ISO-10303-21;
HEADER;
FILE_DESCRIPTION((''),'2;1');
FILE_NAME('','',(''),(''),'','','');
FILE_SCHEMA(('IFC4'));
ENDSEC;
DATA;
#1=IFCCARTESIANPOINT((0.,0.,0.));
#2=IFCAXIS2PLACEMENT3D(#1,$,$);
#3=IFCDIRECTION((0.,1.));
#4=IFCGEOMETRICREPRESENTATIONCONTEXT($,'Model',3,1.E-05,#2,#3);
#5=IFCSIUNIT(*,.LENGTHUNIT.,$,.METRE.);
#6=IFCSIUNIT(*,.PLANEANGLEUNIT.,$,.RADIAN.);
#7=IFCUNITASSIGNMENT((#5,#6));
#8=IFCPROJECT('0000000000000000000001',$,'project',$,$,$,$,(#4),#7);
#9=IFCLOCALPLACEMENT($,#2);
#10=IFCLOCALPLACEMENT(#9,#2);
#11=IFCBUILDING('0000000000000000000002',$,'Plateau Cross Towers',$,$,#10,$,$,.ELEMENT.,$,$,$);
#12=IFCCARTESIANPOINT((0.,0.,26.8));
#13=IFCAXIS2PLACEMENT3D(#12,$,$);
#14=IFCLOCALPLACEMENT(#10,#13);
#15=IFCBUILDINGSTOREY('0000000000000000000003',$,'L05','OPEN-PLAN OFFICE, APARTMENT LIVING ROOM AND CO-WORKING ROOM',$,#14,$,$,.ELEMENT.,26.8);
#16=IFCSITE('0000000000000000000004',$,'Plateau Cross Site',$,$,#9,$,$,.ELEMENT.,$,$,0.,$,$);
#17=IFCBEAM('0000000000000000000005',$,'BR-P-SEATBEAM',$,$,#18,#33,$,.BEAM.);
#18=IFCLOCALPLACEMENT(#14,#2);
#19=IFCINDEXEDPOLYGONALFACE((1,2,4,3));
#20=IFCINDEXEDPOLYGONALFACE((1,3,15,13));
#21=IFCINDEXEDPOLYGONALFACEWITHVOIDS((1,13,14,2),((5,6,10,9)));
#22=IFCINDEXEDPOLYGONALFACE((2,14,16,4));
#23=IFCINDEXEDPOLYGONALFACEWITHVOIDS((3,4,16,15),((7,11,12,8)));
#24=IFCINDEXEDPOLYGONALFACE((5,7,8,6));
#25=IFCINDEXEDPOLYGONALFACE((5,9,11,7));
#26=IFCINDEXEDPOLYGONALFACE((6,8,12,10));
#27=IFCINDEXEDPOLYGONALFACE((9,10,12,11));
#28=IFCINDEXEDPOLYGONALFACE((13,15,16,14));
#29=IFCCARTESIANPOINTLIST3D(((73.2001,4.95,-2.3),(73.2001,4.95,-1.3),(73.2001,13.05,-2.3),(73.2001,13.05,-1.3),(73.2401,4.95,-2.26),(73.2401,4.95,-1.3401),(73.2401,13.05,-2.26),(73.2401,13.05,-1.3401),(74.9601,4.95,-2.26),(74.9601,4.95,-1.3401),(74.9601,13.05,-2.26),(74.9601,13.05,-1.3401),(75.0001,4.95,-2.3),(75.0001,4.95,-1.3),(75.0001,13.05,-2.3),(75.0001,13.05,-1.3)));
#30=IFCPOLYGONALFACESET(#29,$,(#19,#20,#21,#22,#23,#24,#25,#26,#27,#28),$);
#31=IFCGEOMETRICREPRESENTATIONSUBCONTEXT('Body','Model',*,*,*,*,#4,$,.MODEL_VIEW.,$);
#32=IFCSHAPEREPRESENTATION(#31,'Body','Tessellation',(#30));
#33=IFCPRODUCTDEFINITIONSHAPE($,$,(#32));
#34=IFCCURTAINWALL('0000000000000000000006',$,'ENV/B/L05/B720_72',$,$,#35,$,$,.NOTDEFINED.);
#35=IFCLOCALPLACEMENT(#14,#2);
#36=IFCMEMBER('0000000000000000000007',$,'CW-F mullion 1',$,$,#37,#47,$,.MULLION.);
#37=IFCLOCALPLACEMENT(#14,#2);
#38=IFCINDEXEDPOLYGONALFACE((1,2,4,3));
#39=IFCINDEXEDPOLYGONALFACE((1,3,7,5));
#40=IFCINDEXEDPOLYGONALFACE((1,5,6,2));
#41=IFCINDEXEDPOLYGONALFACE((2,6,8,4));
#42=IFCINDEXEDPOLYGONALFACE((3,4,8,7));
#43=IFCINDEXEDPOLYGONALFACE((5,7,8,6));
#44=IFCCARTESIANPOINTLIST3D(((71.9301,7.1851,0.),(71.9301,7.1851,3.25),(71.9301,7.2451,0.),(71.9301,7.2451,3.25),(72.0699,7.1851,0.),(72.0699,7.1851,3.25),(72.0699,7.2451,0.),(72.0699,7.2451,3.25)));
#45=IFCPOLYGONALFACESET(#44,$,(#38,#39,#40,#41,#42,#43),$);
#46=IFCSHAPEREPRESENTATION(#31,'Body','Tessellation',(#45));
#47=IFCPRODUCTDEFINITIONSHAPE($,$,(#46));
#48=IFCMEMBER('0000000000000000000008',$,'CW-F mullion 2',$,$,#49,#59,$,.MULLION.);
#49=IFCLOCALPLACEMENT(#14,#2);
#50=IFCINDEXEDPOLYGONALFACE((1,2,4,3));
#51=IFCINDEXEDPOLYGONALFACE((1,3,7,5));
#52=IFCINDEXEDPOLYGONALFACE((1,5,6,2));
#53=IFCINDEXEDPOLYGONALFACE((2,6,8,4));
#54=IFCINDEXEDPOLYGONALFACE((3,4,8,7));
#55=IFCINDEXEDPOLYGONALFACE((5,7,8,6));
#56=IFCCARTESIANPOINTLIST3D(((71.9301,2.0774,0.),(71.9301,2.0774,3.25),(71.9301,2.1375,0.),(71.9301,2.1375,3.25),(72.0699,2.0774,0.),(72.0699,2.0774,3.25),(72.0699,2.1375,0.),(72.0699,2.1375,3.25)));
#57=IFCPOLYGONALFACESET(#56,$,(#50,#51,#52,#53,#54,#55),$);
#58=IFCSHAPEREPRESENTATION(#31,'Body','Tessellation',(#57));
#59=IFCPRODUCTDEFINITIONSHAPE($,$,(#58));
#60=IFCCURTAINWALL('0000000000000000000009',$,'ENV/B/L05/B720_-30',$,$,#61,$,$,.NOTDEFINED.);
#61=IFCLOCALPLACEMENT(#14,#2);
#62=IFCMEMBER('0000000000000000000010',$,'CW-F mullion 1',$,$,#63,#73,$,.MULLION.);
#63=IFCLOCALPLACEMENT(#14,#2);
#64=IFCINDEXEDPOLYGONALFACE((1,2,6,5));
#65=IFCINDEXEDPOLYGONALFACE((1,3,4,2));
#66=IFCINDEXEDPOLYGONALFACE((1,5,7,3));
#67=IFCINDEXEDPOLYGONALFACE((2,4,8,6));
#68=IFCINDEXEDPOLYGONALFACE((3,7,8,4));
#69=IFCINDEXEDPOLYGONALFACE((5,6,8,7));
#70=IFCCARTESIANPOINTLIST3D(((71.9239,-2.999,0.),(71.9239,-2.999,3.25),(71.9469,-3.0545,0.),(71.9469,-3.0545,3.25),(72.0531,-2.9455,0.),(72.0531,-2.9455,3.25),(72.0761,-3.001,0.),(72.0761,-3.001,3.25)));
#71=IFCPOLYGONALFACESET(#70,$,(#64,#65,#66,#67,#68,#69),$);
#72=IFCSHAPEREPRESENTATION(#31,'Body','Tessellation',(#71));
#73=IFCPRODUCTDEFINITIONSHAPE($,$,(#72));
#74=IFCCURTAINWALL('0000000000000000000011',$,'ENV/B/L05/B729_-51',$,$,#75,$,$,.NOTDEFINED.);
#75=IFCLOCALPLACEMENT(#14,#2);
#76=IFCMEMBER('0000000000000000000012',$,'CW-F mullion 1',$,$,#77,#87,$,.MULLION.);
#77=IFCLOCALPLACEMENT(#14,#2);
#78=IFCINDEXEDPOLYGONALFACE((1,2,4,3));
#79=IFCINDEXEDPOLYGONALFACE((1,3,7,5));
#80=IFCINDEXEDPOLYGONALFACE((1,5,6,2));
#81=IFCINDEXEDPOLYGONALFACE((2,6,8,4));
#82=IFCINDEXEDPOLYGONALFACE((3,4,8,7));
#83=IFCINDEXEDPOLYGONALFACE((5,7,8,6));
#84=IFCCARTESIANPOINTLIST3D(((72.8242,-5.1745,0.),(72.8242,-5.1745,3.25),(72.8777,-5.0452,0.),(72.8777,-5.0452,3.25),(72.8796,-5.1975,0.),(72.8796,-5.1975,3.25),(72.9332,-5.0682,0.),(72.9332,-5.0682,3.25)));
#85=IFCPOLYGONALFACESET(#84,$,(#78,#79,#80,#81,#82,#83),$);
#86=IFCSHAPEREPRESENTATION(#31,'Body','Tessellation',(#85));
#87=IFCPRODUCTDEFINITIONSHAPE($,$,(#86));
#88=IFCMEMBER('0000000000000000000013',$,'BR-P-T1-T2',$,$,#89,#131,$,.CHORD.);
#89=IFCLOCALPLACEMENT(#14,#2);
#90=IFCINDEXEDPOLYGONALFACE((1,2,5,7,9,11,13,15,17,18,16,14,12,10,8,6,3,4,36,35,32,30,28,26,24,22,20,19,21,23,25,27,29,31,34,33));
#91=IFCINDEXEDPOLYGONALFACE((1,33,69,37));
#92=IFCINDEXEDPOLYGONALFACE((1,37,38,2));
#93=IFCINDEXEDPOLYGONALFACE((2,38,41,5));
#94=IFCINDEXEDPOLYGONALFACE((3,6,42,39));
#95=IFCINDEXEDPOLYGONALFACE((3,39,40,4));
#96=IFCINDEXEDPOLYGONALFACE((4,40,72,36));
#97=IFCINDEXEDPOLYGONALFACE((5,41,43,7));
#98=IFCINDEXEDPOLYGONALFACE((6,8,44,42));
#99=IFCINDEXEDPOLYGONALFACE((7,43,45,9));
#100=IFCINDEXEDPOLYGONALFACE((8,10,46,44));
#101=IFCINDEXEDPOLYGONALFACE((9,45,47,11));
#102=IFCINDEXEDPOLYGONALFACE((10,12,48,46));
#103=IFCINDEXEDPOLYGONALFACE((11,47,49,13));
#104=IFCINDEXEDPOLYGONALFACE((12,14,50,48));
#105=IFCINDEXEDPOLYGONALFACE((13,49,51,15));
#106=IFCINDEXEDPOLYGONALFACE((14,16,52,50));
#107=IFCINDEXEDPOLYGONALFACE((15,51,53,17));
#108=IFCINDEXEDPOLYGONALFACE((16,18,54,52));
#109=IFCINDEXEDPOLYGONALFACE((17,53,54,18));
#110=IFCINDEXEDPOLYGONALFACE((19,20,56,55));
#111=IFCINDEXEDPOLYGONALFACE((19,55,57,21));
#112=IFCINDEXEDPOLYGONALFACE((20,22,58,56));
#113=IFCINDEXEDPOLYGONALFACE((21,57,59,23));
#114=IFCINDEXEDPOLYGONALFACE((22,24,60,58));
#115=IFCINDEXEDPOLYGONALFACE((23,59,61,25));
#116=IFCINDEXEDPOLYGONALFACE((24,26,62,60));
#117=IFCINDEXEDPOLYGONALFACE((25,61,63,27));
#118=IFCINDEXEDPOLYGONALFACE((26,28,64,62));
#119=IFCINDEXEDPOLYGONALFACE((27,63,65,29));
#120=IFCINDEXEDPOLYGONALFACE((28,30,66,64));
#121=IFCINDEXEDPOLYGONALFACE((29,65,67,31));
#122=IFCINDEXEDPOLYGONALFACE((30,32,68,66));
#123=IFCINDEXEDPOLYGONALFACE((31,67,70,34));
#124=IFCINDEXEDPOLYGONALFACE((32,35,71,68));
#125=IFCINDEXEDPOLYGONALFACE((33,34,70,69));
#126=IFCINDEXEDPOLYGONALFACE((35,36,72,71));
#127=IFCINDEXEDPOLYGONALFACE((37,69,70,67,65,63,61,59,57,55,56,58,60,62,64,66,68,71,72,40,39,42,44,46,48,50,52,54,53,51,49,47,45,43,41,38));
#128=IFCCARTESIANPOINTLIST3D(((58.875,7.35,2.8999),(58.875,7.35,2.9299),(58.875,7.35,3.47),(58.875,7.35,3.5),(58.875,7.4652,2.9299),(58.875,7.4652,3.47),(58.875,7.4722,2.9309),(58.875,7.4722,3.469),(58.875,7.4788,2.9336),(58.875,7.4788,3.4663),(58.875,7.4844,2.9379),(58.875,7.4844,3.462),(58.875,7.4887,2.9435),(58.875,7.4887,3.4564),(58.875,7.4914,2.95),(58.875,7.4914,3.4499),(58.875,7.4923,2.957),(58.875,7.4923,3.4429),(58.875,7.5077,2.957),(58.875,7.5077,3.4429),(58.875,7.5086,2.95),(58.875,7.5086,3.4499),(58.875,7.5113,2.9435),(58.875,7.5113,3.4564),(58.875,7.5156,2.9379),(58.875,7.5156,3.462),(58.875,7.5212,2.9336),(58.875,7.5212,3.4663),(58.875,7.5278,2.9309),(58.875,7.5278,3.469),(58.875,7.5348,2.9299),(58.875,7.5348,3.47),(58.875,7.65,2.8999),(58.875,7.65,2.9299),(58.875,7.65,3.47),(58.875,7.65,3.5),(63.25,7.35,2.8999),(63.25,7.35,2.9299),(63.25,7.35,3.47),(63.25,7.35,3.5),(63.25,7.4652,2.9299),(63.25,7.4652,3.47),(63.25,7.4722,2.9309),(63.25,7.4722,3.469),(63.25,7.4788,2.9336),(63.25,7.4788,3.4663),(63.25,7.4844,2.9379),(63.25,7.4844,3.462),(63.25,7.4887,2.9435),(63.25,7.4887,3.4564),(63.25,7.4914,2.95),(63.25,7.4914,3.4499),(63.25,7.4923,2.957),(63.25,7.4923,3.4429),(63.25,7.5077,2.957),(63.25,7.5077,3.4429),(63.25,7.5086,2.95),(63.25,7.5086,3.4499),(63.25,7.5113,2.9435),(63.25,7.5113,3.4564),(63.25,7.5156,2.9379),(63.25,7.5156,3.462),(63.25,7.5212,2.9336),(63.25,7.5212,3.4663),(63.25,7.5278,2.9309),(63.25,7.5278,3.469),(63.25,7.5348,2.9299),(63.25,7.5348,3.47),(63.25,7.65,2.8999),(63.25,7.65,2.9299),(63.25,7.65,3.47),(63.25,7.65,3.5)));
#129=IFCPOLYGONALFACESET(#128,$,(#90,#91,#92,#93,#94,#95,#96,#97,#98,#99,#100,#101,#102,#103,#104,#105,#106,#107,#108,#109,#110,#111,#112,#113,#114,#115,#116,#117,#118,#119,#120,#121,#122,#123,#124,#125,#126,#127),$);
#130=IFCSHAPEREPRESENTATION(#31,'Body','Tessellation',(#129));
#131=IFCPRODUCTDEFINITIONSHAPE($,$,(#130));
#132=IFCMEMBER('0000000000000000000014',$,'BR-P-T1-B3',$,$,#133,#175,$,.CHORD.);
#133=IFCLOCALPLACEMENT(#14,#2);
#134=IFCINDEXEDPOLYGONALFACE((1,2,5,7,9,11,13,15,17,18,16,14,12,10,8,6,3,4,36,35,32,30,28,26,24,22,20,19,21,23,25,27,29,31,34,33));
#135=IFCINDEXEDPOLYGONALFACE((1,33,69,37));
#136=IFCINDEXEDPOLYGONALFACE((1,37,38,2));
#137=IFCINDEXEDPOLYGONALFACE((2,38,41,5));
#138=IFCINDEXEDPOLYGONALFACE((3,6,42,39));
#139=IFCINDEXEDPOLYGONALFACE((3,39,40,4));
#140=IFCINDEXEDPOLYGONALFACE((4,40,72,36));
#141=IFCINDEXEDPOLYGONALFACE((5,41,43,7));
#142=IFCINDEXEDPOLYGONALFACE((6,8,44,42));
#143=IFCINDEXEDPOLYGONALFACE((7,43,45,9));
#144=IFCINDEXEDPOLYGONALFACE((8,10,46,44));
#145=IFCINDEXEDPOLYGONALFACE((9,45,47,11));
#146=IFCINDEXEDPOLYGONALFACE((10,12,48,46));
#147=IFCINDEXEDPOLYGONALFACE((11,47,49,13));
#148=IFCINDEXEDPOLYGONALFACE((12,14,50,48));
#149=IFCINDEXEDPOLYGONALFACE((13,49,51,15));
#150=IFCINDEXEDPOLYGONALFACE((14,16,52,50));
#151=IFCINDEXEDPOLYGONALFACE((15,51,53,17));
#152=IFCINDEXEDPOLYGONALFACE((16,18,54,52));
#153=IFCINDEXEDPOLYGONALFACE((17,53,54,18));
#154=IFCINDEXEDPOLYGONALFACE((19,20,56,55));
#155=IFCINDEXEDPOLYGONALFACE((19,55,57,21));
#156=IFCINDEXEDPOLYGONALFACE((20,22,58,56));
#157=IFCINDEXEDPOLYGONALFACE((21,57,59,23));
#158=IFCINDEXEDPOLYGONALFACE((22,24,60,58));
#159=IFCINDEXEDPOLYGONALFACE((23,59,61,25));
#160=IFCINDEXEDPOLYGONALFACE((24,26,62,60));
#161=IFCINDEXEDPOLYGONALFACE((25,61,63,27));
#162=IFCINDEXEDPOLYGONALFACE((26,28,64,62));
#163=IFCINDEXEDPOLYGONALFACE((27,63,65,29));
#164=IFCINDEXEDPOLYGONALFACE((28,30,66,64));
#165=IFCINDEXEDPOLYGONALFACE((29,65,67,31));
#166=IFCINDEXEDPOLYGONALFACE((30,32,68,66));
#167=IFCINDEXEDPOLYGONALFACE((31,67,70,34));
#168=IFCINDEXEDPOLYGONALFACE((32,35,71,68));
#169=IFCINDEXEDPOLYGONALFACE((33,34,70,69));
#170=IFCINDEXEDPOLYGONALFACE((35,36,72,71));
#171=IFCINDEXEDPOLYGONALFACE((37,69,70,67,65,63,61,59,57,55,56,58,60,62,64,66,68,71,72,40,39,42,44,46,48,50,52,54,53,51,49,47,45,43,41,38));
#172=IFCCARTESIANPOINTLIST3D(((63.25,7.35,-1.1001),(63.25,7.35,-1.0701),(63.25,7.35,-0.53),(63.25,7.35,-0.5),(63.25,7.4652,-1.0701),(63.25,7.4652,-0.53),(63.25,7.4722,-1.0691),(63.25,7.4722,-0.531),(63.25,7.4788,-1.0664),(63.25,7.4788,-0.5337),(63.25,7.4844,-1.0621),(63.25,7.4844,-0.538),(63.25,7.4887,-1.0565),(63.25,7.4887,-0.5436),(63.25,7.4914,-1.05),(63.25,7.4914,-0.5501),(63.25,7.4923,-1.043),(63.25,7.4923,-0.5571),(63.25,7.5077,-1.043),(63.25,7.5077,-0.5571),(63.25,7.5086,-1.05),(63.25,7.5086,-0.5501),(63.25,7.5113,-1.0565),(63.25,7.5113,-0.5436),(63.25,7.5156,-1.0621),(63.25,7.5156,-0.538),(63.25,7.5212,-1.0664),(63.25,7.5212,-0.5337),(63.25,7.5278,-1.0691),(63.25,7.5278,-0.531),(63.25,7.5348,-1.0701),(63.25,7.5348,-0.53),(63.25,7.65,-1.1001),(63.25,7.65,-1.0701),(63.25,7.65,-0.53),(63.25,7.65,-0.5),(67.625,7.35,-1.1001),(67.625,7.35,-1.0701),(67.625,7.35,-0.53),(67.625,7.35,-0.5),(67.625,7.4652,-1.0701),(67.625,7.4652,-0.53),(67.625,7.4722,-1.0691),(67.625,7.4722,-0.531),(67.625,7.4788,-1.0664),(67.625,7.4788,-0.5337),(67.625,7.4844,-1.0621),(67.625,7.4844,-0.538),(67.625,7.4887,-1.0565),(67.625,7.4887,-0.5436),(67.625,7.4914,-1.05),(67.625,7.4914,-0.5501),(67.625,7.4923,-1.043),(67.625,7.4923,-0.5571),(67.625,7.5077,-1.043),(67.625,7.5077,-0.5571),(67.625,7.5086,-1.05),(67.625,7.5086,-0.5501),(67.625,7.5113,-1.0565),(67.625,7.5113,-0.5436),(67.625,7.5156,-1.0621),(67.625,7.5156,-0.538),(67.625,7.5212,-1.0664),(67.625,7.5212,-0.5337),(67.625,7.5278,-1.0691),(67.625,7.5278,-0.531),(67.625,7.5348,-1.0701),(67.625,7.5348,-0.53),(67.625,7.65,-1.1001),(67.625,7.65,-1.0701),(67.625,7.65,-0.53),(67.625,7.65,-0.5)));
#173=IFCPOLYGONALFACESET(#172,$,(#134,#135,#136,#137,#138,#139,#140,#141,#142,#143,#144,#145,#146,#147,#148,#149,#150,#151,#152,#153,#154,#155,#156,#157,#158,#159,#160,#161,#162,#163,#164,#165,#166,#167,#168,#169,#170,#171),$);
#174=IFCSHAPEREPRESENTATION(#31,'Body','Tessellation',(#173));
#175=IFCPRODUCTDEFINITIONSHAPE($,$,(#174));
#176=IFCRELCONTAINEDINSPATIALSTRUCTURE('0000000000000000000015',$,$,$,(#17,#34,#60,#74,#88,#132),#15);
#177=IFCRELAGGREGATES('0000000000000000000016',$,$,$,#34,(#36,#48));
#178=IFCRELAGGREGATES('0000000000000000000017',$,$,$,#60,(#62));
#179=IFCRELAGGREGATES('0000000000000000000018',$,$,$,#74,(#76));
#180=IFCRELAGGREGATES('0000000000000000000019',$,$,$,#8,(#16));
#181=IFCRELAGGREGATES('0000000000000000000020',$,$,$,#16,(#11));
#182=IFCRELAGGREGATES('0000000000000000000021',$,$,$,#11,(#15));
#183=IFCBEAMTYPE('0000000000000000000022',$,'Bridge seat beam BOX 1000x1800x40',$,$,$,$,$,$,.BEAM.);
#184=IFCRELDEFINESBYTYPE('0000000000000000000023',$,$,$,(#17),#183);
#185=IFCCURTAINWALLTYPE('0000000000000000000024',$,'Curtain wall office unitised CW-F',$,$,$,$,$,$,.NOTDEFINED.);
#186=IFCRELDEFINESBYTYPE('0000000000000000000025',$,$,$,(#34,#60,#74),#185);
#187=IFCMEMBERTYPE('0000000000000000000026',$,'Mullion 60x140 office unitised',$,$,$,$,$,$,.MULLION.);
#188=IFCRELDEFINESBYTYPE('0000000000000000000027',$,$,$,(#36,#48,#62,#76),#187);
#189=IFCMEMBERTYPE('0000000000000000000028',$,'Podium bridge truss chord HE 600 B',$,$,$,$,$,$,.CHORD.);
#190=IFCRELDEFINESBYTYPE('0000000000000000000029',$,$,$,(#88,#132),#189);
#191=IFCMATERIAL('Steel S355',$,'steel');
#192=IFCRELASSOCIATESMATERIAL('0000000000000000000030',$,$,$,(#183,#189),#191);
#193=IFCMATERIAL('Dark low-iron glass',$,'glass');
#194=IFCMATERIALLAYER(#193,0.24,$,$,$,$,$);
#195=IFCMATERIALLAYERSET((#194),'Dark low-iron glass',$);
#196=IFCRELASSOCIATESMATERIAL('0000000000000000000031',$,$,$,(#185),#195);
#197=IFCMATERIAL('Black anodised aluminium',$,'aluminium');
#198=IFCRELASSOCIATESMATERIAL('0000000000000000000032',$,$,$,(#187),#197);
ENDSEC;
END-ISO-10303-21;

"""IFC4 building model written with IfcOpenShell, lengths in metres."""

from ifc_helpers import new_model, si_unit, direction, frame, origin, origin_2d, place, context, subcontext, project, spatial, rectangle, hollow_rectangle, i_section, extrude, material, layer, layer_set, material_profile, profile_set, type_object, element, aggregate, save


model = new_model("IFC4")

# Units and contexts
model_context = context("Model", 3, precision=1e-05, world=origin(), true_north=direction((0.0, 1.0)))
body_context = subcontext(model_context, "Body", "Model", "MODEL_VIEW")
ifc_project = project(units=[si_unit("LENGTHUNIT", "METRE"), si_unit("PLANEANGLEUNIT", "RADIAN")], contexts=[model_context])

# Site, building, storey
site_placement = place(None, origin())
site = spatial("IfcSite", under=ifc_project, at=site_placement, Name="Plateau Cross Site", CompositionType="ELEMENT", RefElevation=0.0)
building_placement = place(site_placement, origin())
building = spatial("IfcBuilding", under=site, at=building_placement, Name="Plateau Cross Towers", CompositionType="ELEMENT")
storey_placement = place(building_placement, frame((0.0, 0.0, 26.8)))
storey = spatial("IfcBuildingStorey", under=building, at=storey_placement, Name="L05", Description="OPEN-PLAN OFFICE, APARTMENT LIVING ROOM AND CO-WORKING ROOM", CompositionType="ELEMENT", Elevation=26.8)

# Shared definitions
ifc_material_1 = material(Name="Steel S355", Category="steel")

# Beam
ifc_material_profile_1 = material_profile(ifc_material_1, hollow_rectangle(XDim=1.8, YDim=1.0, WallThickness=0.04, at=origin_2d()), Name="BOX 1000x1800x40")
ifc_profile_set_1 = profile_set([ifc_material_profile_1], Name="Steel S355")
beam_type = type_object("IfcBeamType", Name="Bridge seat beam BOX 1000x1800x40", PredefinedType="BEAM", material=ifc_profile_set_1)
beam_placement = place(storey_placement, frame((74.1001, 4.95, -1.8), z_axis=(0.0, 1.0, 0.0), x_axis=(-1.0, 0.0, 0.0)))
element("IfcBeam", 1, at=beam_placement, inside=storey, type_object=beam_type, Name="BR-P-SEATBEAM", PredefinedType="BEAM", context=body_context, shape_type="SweptSolid", body=[
    extrude(hollow_rectangle(XDim=1.8, YDim=1.0, WallThickness=0.04, at=origin_2d()), origin(), (0.0, 0.0, 1.0), 8.1001),
])

# Curtain wall, members
ifc_material_2 = material(Name="Dark low-iron glass", Category="glass")
ifc_layer_1 = layer(ifc_material_2, 0.24)
ifc_layer_set_1 = layer_set([ifc_layer_1], Name="Dark low-iron glass")
curtain_wall_type = type_object("IfcCurtainWallType", Name="Curtain wall office unitised CW-F", PredefinedType="NOTDEFINED", material=ifc_layer_set_1)
curtain_wall_1_placement = place(storey_placement, origin())
curtain_wall_1 = element("IfcCurtainWall", 2, at=curtain_wall_1_placement, inside=storey, type_object=curtain_wall_type, Name="ENV/B/L05/B720_72", PredefinedType="NOTDEFINED")
ifc_material_3 = material(Name="Black anodised aluminium", Category="aluminium")
ifc_material_profile_2 = material_profile(ifc_material_3, rectangle(XDim=0.0601, YDim=0.1399, at=origin_2d()), Name="MULLION 60x140")
ifc_profile_set_2 = profile_set([ifc_material_profile_2], Name="Black anodised aluminium")
member_type_1 = type_object("IfcMemberType", Name="Mullion 60x140 office unitised", PredefinedType="MULLION", material=ifc_profile_set_2)
member_1_placement = place(storey_placement, frame((72.0, 7.2151, 0.0), z_axis=(0.0, 0.0, 1.0), x_axis=(0.0, -1.0, 0.0)))
member_1 = element("IfcMember", 3, at=member_1_placement, type_object=member_type_1, Name="CW-F mullion 1", PredefinedType="MULLION", context=body_context, shape_type="SweptSolid", body=[
    extrude(rectangle(XDim=0.0601, YDim=0.1399, at=origin_2d()), origin(), (0.0, 0.0, 1.0), 3.25),
])
member_2_placement = place(storey_placement, frame((72.0, 2.1074, 0.0), z_axis=(0.0, 0.0, 1.0), x_axis=(0.0, -1.0, 0.0)))
member_2 = element("IfcMember", 4, at=member_2_placement, type_object=member_type_1, Name="CW-F mullion 2", PredefinedType="MULLION", context=body_context, shape_type="SweptSolid", body=[
    extrude(rectangle(XDim=0.0601, YDim=0.1399, at=origin_2d()), origin(), (0.0, 0.0, 1.0), 3.25),
])

# Curtain walls, members
curtain_wall_2_placement = place(storey_placement, origin())
curtain_wall_2 = element("IfcCurtainWall", 5, at=curtain_wall_2_placement, inside=storey, type_object=curtain_wall_type, Name="ENV/B/L05/B720_-30", PredefinedType="NOTDEFINED")
member_3_placement = place(storey_placement, frame((72.0, -3.0, 0.0), z_axis=(0.0, 0.0, 1.0), x_axis=(0.382684, -0.923879, 0.0)))
member_3 = element("IfcMember", 6, at=member_3_placement, type_object=member_type_1, Name="CW-F mullion 1", PredefinedType="MULLION", context=body_context, shape_type="SweptSolid", body=[
    extrude(rectangle(XDim=0.0601, YDim=0.1399, at=origin_2d()), origin(), (0.0, 0.0, 1.0), 3.25),
])
curtain_wall_3_placement = place(storey_placement, origin())
curtain_wall_3 = element("IfcCurtainWall", 7, at=curtain_wall_3_placement, inside=storey, type_object=curtain_wall_type, Name="ENV/B/L05/B729_-51", PredefinedType="NOTDEFINED")
member_4_placement = place(storey_placement, frame((72.8787, -5.1213, 0.0), z_axis=(0.0, 0.0, 1.0), x_axis=(0.923879, -0.382684, 0.0)))
member_4 = element("IfcMember", 8, at=member_4_placement, type_object=member_type_1, Name="CW-F mullion 1", PredefinedType="MULLION", context=body_context, shape_type="SweptSolid", body=[
    extrude(rectangle(XDim=0.0601, YDim=0.1399, at=origin_2d()), origin(), (0.0, 0.0, 1.0), 3.25),
])

# Members
ifc_material_profile_3 = material_profile(ifc_material_1, i_section(OverallWidth=0.3, OverallDepth=0.6001, WebThickness=0.0154, FlangeThickness=0.03, FilletRadius=0.0271, at=origin_2d()), Name="HE 600 B")
ifc_profile_set_3 = profile_set([ifc_material_profile_3], Name="Steel S355")
member_type_2 = type_object("IfcMemberType", Name="Podium bridge truss chord HE 600 B", PredefinedType="CHORD", material=ifc_profile_set_3)
for number, where, z_axis, x_axis, name in (
    (9, (58.875, 7.5, 3.2), (1.0, 0.0, 0.0), (0.0, 1.0, 0.0), "BR-P-T1-T2"),
    (10, (63.25, 7.5, -0.8), (1.0, 0.0, 0.0), (0.0, 1.0, 0.0), "BR-P-T1-B3"),
):
    element("IfcMember", number, at=place(storey_placement, frame(where, z_axis=z_axis, x_axis=x_axis)), inside=storey, type_object=member_type_2, Name=name, PredefinedType="CHORD", context=body_context, shape_type="SweptSolid", body=[
        extrude(i_section(OverallWidth=0.3, OverallDepth=0.6001, WebThickness=0.0154, FlangeThickness=0.03, FilletRadius=0.0271, at=origin_2d()), origin(), (0.0, 0.0, 1.0), 4.375),
    ])

aggregate(curtain_wall_1, [member_1, member_2])
aggregate(curtain_wall_2, [member_3])
aggregate(curtain_wall_3, [member_4])

save(model, "model.ifc")
